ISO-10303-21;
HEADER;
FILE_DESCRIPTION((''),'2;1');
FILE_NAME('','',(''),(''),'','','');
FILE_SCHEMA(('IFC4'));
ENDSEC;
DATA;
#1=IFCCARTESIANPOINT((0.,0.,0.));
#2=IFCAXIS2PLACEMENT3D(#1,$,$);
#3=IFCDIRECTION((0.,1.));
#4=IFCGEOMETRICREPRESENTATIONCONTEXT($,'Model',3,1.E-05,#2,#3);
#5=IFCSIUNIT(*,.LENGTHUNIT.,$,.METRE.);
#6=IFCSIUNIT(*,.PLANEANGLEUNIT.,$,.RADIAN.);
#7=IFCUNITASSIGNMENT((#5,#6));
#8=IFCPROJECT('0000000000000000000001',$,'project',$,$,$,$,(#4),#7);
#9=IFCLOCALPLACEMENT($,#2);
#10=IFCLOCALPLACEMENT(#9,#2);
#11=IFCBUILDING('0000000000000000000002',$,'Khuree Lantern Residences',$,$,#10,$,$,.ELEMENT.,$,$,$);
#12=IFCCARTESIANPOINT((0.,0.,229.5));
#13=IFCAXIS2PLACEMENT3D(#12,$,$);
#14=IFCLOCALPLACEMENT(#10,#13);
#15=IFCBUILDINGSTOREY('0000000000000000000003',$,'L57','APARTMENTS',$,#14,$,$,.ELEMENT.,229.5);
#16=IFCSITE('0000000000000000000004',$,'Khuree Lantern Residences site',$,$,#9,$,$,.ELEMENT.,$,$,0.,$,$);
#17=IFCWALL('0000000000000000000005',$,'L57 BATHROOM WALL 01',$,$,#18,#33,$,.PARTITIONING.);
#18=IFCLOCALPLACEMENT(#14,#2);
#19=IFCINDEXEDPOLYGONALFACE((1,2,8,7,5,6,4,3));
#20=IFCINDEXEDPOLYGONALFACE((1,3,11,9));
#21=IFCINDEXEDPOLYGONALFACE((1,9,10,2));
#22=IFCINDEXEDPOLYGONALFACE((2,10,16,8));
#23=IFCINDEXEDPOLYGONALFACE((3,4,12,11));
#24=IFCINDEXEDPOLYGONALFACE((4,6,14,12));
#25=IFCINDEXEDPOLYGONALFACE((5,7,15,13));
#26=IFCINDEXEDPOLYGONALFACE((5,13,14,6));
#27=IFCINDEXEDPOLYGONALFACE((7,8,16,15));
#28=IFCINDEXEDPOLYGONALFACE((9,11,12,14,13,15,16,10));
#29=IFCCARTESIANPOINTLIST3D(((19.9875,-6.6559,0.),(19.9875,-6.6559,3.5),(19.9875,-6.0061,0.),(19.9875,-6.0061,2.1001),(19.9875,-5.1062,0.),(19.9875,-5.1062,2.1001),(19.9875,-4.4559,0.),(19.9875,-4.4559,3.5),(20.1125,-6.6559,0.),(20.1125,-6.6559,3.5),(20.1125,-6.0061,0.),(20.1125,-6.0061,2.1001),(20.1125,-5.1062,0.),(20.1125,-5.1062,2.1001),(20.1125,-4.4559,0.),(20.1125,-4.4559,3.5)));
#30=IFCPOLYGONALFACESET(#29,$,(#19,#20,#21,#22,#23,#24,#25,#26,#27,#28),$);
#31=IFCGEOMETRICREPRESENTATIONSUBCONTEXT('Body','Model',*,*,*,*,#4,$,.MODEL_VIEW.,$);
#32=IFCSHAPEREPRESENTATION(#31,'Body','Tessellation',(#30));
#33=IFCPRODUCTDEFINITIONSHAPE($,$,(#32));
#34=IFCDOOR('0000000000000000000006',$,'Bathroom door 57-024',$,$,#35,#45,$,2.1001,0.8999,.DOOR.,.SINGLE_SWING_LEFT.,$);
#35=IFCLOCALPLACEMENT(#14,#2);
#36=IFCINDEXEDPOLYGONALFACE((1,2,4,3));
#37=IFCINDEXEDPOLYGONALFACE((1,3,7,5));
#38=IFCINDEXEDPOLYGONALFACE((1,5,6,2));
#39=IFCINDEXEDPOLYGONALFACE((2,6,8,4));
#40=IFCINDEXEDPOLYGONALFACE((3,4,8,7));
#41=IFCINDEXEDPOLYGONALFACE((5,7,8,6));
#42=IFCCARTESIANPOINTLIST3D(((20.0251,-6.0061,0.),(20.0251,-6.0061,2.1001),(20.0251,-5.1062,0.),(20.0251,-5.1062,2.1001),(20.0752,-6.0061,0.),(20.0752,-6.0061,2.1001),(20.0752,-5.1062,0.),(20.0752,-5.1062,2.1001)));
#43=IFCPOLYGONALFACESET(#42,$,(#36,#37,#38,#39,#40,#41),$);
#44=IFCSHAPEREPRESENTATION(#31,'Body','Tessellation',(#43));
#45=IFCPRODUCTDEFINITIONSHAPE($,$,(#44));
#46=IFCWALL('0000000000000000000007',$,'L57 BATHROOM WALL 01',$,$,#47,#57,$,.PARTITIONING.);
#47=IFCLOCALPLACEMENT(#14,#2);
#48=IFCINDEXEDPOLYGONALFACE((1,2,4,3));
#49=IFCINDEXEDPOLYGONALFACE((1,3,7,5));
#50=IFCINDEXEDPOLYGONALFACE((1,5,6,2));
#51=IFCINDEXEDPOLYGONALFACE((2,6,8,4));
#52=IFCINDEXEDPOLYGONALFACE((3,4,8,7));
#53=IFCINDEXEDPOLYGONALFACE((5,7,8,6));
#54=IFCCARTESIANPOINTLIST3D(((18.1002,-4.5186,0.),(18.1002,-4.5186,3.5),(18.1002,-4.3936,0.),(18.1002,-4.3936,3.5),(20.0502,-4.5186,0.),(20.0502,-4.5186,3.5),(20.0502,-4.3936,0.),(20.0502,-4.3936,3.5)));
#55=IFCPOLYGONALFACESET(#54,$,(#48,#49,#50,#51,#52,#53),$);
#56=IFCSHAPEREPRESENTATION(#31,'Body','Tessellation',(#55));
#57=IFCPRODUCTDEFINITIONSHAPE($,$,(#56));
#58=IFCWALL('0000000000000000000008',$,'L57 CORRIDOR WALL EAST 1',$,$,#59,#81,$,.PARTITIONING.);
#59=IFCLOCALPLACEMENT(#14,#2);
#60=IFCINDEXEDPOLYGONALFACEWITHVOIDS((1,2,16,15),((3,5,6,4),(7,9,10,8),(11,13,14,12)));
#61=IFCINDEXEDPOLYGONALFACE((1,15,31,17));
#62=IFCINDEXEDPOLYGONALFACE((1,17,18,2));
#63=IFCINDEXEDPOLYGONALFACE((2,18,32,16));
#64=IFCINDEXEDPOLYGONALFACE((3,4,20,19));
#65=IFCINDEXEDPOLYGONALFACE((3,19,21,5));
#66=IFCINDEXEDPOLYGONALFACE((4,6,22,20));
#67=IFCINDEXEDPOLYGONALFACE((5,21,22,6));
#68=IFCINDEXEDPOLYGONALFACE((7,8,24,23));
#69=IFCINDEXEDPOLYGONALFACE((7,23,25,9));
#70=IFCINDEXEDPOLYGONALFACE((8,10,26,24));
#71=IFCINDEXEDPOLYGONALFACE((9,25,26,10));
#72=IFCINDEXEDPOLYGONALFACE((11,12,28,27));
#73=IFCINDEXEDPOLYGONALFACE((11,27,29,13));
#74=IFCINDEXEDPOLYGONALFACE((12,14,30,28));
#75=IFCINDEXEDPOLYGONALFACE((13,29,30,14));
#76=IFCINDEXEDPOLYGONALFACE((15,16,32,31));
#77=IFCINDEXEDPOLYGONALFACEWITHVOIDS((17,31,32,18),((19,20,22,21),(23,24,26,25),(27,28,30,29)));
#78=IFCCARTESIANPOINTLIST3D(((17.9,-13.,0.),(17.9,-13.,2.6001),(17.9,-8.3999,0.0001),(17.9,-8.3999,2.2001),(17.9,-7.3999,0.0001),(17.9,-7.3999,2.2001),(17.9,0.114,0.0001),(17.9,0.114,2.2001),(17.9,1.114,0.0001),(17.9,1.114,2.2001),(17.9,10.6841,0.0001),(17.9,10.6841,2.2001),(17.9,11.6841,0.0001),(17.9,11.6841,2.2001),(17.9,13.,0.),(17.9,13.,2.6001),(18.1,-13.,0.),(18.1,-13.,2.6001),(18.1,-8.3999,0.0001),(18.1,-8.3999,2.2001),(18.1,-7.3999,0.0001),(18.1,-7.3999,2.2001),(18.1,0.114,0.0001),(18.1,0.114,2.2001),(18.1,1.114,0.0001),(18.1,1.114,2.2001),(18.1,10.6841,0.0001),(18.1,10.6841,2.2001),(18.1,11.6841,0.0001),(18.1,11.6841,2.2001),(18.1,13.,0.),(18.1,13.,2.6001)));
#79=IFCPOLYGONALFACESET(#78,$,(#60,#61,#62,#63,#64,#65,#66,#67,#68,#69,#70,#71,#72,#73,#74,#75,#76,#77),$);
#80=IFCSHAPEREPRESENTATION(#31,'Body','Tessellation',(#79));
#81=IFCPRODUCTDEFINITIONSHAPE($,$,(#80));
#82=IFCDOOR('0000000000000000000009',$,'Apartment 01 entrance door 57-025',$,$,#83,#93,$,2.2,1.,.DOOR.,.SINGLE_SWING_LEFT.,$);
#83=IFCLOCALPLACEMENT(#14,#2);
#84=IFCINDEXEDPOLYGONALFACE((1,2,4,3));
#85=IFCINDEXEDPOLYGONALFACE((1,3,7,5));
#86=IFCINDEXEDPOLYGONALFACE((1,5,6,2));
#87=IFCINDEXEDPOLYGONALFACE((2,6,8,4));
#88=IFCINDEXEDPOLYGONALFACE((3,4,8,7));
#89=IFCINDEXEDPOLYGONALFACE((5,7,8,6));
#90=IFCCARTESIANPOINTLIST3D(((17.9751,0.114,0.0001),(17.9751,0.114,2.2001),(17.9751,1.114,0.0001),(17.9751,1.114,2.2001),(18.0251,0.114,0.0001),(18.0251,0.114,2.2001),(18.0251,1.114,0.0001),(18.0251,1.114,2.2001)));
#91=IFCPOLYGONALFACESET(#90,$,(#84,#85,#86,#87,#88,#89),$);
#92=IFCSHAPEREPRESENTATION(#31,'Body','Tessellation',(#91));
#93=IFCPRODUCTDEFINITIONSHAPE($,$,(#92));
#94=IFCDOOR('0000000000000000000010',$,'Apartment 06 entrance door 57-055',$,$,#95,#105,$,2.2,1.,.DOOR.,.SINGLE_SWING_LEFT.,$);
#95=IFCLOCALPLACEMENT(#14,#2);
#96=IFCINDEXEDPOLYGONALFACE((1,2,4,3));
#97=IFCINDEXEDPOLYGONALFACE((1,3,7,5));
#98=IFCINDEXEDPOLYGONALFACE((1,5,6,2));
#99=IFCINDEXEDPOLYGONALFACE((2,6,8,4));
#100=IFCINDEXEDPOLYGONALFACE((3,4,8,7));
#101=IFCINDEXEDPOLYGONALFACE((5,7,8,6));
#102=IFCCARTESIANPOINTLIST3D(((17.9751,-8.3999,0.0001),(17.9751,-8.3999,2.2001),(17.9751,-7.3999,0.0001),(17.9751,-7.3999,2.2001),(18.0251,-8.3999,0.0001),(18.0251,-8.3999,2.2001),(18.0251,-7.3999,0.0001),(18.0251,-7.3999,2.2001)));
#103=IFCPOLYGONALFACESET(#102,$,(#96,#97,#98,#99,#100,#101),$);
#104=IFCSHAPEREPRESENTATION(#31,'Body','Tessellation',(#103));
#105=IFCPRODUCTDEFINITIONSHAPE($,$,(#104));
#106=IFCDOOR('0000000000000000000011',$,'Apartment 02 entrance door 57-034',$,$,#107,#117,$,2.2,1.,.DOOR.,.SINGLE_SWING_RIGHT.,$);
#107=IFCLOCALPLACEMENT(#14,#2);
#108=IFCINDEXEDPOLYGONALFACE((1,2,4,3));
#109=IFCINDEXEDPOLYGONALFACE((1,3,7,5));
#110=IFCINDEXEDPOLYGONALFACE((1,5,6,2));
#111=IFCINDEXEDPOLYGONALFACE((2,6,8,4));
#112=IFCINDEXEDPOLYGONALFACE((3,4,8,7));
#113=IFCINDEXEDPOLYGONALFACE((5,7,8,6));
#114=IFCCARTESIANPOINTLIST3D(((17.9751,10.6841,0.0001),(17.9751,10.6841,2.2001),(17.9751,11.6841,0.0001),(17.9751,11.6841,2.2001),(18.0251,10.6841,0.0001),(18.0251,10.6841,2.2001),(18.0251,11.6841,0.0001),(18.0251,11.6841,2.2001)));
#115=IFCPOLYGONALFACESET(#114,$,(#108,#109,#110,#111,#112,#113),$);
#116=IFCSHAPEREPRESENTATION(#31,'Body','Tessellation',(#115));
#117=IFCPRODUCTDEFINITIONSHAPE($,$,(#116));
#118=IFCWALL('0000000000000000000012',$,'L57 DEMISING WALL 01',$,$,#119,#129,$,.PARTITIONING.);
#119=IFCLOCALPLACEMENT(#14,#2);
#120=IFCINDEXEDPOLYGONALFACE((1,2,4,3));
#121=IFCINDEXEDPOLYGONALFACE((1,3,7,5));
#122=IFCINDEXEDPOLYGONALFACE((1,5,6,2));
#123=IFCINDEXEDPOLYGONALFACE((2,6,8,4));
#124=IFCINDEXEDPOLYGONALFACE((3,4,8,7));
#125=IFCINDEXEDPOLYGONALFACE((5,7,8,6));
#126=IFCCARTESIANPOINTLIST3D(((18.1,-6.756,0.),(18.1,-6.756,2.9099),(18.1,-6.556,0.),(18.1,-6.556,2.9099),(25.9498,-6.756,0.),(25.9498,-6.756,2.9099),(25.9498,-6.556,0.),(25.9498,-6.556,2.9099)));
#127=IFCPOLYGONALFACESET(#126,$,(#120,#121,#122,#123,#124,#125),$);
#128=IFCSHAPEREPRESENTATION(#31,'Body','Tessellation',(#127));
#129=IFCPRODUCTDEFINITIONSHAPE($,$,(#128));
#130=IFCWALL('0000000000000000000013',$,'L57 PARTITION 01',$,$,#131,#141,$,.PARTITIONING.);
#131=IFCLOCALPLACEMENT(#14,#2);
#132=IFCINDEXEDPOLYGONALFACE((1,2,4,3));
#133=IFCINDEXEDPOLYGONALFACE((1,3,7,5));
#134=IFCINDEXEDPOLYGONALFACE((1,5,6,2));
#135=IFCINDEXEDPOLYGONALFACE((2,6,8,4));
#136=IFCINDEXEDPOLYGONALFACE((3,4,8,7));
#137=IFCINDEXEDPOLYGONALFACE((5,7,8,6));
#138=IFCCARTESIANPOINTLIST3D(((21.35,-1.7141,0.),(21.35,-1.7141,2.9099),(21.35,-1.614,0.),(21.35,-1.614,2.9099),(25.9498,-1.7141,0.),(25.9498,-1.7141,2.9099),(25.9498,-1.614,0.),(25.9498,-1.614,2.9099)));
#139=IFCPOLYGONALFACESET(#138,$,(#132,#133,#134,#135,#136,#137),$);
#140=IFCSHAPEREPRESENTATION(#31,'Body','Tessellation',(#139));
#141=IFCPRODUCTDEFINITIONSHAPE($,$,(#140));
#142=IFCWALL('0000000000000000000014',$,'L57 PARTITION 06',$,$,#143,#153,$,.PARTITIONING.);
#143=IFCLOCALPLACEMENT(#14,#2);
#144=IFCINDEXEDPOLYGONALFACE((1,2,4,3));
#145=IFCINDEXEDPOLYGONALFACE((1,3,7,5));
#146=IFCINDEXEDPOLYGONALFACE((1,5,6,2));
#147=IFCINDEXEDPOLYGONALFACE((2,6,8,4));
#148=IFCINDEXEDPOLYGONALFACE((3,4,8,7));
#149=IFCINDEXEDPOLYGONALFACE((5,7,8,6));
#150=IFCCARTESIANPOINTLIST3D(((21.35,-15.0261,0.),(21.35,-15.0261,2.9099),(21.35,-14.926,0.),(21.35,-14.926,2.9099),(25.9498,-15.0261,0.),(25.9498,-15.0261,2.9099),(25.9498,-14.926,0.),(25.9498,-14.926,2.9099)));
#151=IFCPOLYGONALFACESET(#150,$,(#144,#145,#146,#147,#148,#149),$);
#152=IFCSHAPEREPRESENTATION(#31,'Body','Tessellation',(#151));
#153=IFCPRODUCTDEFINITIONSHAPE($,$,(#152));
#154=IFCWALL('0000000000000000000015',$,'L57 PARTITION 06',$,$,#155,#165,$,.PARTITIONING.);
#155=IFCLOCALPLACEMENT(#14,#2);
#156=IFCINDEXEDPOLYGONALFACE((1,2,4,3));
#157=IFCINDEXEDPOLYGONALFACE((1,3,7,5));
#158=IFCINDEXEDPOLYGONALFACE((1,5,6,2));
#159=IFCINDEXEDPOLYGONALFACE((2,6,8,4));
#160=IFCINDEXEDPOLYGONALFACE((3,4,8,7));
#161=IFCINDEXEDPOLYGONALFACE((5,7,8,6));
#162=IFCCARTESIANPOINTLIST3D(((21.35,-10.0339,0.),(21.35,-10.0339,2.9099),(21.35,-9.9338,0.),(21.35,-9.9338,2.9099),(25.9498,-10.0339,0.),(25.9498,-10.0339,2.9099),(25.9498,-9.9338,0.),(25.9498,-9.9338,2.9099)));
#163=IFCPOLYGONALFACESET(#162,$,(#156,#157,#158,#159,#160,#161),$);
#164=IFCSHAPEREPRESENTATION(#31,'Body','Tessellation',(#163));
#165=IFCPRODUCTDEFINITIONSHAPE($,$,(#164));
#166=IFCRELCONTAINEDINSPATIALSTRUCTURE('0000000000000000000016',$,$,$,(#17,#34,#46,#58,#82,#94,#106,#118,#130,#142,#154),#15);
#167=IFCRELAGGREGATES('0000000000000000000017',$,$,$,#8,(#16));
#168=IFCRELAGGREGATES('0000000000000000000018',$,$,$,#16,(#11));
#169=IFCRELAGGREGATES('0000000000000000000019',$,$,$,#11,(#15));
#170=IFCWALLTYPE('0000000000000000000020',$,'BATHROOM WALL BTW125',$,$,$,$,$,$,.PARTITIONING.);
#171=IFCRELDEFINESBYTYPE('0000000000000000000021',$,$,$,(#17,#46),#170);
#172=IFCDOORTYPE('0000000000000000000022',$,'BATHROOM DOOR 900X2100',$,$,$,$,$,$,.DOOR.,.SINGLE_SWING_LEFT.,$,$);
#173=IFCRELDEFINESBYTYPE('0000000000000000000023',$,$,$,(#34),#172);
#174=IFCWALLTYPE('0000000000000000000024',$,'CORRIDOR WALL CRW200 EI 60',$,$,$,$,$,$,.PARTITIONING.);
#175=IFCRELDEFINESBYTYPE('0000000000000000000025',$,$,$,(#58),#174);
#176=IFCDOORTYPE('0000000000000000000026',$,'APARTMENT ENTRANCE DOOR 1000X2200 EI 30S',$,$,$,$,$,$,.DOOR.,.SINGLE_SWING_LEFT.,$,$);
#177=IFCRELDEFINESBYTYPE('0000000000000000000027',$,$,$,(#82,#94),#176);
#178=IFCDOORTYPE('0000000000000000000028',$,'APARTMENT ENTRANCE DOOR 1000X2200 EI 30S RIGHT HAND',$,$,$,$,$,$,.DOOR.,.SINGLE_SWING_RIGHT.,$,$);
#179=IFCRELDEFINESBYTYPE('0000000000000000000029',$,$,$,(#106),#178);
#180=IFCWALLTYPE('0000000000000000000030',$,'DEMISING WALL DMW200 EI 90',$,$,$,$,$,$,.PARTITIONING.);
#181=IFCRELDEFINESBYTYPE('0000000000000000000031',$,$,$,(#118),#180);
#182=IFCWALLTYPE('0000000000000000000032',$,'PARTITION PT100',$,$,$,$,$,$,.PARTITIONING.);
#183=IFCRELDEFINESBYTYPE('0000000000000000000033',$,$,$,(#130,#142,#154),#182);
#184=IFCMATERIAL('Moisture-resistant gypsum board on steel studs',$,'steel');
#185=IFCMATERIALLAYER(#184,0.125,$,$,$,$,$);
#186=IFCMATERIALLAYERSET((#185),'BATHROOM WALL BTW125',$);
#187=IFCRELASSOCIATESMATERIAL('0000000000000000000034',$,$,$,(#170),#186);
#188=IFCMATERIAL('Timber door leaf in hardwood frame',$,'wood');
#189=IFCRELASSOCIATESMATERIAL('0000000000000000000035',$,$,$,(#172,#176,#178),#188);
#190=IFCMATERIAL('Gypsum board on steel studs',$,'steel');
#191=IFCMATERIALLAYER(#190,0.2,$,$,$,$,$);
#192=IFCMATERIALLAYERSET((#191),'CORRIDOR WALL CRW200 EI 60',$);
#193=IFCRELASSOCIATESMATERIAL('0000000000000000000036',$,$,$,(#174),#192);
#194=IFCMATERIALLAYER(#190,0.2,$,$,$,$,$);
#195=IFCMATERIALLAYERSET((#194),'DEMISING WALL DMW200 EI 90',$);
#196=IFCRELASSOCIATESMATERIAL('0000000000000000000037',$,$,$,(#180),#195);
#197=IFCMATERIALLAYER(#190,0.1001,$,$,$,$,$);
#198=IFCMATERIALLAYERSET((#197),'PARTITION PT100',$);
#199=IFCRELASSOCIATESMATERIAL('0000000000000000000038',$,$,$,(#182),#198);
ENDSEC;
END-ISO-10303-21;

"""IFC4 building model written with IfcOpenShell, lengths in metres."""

from ifc_helpers import new_model, si_unit, direction, frame, frame_2d, origin, place, context, subcontext, project, spatial, rectangle, extrude, material, layer, layer_set, type_object, element, fill, save


model = new_model("IFC4")

# Units and contexts
model_context = context("Model", 3, precision=1e-05, world=origin(), true_north=direction((0.0, 1.0)))
body_context = subcontext(model_context, "Body", "Model", "MODEL_VIEW")
ifc_project = project(units=[si_unit("LENGTHUNIT", "METRE"), si_unit("PLANEANGLEUNIT", "RADIAN")], contexts=[model_context])

# Site, building, storey
site_placement = place(None, origin())
site = spatial("IfcSite", under=ifc_project, at=site_placement, Name="Khuree Lantern Residences site", CompositionType="ELEMENT", RefElevation=0.0)
building_placement = place(site_placement, origin())
building = spatial("IfcBuilding", under=site, at=building_placement, Name="Khuree Lantern Residences", CompositionType="ELEMENT")
storey_placement = place(building_placement, frame((0.0, 0.0, 229.5)))
storey = spatial("IfcBuildingStorey", under=building, at=storey_placement, Name="L57", Description="APARTMENTS", CompositionType="ELEMENT", Elevation=229.5)

# Wall, opening, door
ifc_material_1 = material(Name="Moisture-resistant gypsum board on steel studs", Category="steel")
ifc_layer_1 = layer(ifc_material_1, 0.125)
ifc_layer_set_1 = layer_set([ifc_layer_1], Name="BATHROOM WALL BTW125")
wall_type_1 = type_object("IfcWallType", Name="BATHROOM WALL BTW125", PredefinedType="PARTITIONING", material=ifc_layer_set_1)
wall_1_placement = place(storey_placement, frame((20.05, -6.656, 0.0), z_axis=(0.0, 0.0, 1.0), x_axis=(0.0, 1.0, 0.0)))
wall_1 = element("IfcWall", 1, at=wall_1_placement, inside=storey, type_object=wall_type_1, Name="L57 BATHROOM WALL 01", PredefinedType="PARTITIONING", context=body_context, shape_type="SweptSolid", body=[
    extrude(rectangle(XDim=2.2, YDim=0.125, at=frame_2d((1.1001, 0.0))), origin(), (0.0, 0.0, 1.0), 3.5),
])
opening_1_placement = place(wall_1_placement, frame((0.6499, 0.0, 0.0)))
opening_1 = element("IfcOpeningElement", 2, at=opening_1_placement, cuts=wall_1, PredefinedType="OPENING", context=body_context, shape_type="SweptSolid", body=[
    extrude(rectangle(XDim=0.8999, YDim=2.1001, at=frame_2d((0.45, 1.05))), frame((0.0, 0.0725, 0.0), z_axis=(0.0, -1.0, 0.0), x_axis=(1.0, 0.0, 0.0)), (0.0, 0.0, 1.0), 0.145),
])
ifc_material_2 = material(Name="Timber door leaf in hardwood frame", Category="wood")
door_type_1 = type_object("IfcDoorType", Name="BATHROOM DOOR 900X2100", OperationType="SINGLE_SWING_LEFT", PredefinedType="DOOR", material=ifc_material_2)
door_1_placement = place(opening_1_placement, origin())
door_1 = element("IfcDoor", 3, at=door_1_placement, inside=storey, type_object=door_type_1, Name="Bathroom door 57-024", OperationType="SINGLE_SWING_LEFT", OverallHeight=2.1001, OverallWidth=0.8999, PredefinedType="DOOR", context=body_context, shape_type="SweptSolid", body=[
    extrude(rectangle(XDim=0.8999, YDim=2.1001, at=frame_2d((0.45, 1.05))), frame((0.0, 0.0249, 0.0), z_axis=(0.0, -1.0, 0.0), x_axis=(1.0, 0.0, 0.0)), (0.0, 0.0, 1.0), 0.05),
])
fill(opening_1, door_1)

# Wall
wall_2_placement = place(storey_placement, frame((18.1001, -4.4561, 0.0), z_axis=(0.0, 0.0, 1.0), x_axis=(1.0, 0.0, 0.0)))
element("IfcWall", 4, at=wall_2_placement, inside=storey, type_object=wall_type_1, Name="L57 BATHROOM WALL 01", PredefinedType="PARTITIONING", context=body_context, shape_type="SweptSolid", body=[
    extrude(rectangle(XDim=1.95, YDim=0.125, at=frame_2d((0.9751, 0.0))), origin(), (0.0, 0.0, 1.0), 3.5),
])

# Wall, openings, doors
ifc_material_3 = material(Name="Gypsum board on steel studs", Category="steel")
ifc_layer_2 = layer(ifc_material_3, 0.2)
ifc_layer_set_2 = layer_set([ifc_layer_2], Name="CORRIDOR WALL CRW200 EI 60")
wall_type_2 = type_object("IfcWallType", Name="CORRIDOR WALL CRW200 EI 60", PredefinedType="PARTITIONING", material=ifc_layer_set_2)
wall_3_placement = place(storey_placement, frame((18.0, -13.0, 0.0), z_axis=(0.0, 0.0, 1.0), x_axis=(0.0, 1.0, 0.0)))
wall_3 = element("IfcWall", 5, at=wall_3_placement, inside=storey, type_object=wall_type_2, Name="L57 CORRIDOR WALL EAST 1", PredefinedType="PARTITIONING", context=body_context, shape_type="SweptSolid", body=[
    extrude(rectangle(XDim=26.0, YDim=0.2, at=frame_2d((13.0, 0.0))), origin(), (0.0, 0.0, 1.0), 2.6001),
])
opening_2_placement = place(wall_3_placement, frame((13.114, 0.0, 0.0)))
opening_2 = element("IfcOpeningElement", 6, at=opening_2_placement, cuts=wall_3, PredefinedType="OPENING", context=body_context, shape_type="SweptSolid", body=[
    extrude(rectangle(XDim=1.0, YDim=2.2, at=frame_2d((0.5, 1.1001))), frame((0.0, 0.1099, 0.0), z_axis=(0.0, -1.0, 0.0), x_axis=(1.0, 0.0, 0.0)), (0.0, 0.0, 1.0), 0.22),
])
opening_3_placement = place(wall_3_placement, frame((23.6841, 0.0, 0.0)))
opening_3 = element("IfcOpeningElement", 7, at=opening_3_placement, cuts=wall_3, PredefinedType="OPENING", context=body_context, shape_type="SweptSolid", body=[
    extrude(rectangle(XDim=1.0, YDim=2.2, at=frame_2d((0.5, 1.1001))), frame((0.0, 0.1099, 0.0), z_axis=(0.0, -1.0, 0.0), x_axis=(1.0, 0.0, 0.0)), (0.0, 0.0, 1.0), 0.22),
])
opening_4_placement = place(wall_3_placement, frame((4.6001, 0.0, 0.0)))
opening_4 = element("IfcOpeningElement", 8, at=opening_4_placement, cuts=wall_3, PredefinedType="OPENING", context=body_context, shape_type="SweptSolid", body=[
    extrude(rectangle(XDim=1.0, YDim=2.2, at=frame_2d((0.5, 1.1001))), frame((0.0, 0.1099, 0.0), z_axis=(0.0, -1.0, 0.0), x_axis=(1.0, 0.0, 0.0)), (0.0, 0.0, 1.0), 0.22),
])
door_type_2 = type_object("IfcDoorType", Name="APARTMENT ENTRANCE DOOR 1000X2200 EI 30S", OperationType="SINGLE_SWING_LEFT", PredefinedType="DOOR", material=ifc_material_2)
door_2_placement = place(opening_2_placement, origin())
door_2 = element("IfcDoor", 9, at=door_2_placement, inside=storey, type_object=door_type_2, Name="Apartment 01 entrance door 57-025", OperationType="SINGLE_SWING_LEFT", OverallHeight=2.2, OverallWidth=1.0, PredefinedType="DOOR", context=body_context, shape_type="SweptSolid", body=[
    extrude(rectangle(XDim=1.0, YDim=2.2, at=frame_2d((0.5, 1.1001))), frame((0.0, 0.0249, 0.0), z_axis=(0.0, -1.0, 0.0), x_axis=(1.0, 0.0, 0.0)), (0.0, 0.0, 1.0), 0.05),
])
fill(opening_2, door_2)
door_3_placement = place(opening_4_placement, origin())
door_3 = element("IfcDoor", 10, at=door_3_placement, inside=storey, type_object=door_type_2, Name="Apartment 06 entrance door 57-055", OperationType="SINGLE_SWING_LEFT", OverallHeight=2.2, OverallWidth=1.0, PredefinedType="DOOR", context=body_context, shape_type="SweptSolid", body=[
    extrude(rectangle(XDim=1.0, YDim=2.2, at=frame_2d((0.5, 1.1001))), frame((0.0, 0.0249, 0.0), z_axis=(0.0, -1.0, 0.0), x_axis=(1.0, 0.0, 0.0)), (0.0, 0.0, 1.0), 0.05),
])
fill(opening_4, door_3)
door_type_3 = type_object("IfcDoorType", Name="APARTMENT ENTRANCE DOOR 1000X2200 EI 30S RIGHT HAND", OperationType="SINGLE_SWING_RIGHT", PredefinedType="DOOR", material=ifc_material_2)
door_4_placement = place(opening_3_placement, origin())
door_4 = element("IfcDoor", 11, at=door_4_placement, inside=storey, type_object=door_type_3, Name="Apartment 02 entrance door 57-034", OperationType="SINGLE_SWING_RIGHT", OverallHeight=2.2, OverallWidth=1.0, PredefinedType="DOOR", context=body_context, shape_type="SweptSolid", body=[
    extrude(rectangle(XDim=1.0, YDim=2.2, at=frame_2d((0.5, 1.1001))), frame((0.0, 0.0249, 0.0), z_axis=(0.0, -1.0, 0.0), x_axis=(1.0, 0.0, 0.0)), (0.0, 0.0, 1.0), 0.05),
])
fill(opening_3, door_4)

# Walls
ifc_layer_3 = layer(ifc_material_3, 0.2)
ifc_layer_set_3 = layer_set([ifc_layer_3], Name="DEMISING WALL DMW200 EI 90")
wall_type_3 = type_object("IfcWallType", Name="DEMISING WALL DMW200 EI 90", PredefinedType="PARTITIONING", material=ifc_layer_set_3)
wall_4_placement = place(storey_placement, frame((18.1001, -6.656, 0.0), z_axis=(0.0, 0.0, 1.0), x_axis=(1.0, 0.0, 0.0)))
element("IfcWall", 12, at=wall_4_placement, inside=storey, type_object=wall_type_3, Name="L57 DEMISING WALL 01", PredefinedType="PARTITIONING", context=body_context, shape_type="SweptSolid", body=[
    extrude(rectangle(XDim=7.8499, YDim=0.2, at=frame_2d((3.9248, 0.0))), origin(), (0.0, 0.0, 1.0), 2.9099),
])
ifc_layer_4 = layer(ifc_material_3, 0.1001)
ifc_layer_set_4 = layer_set([ifc_layer_4], Name="PARTITION PT100")
wall_type_4 = type_object("IfcWallType", Name="PARTITION PT100", PredefinedType="PARTITIONING", material=ifc_layer_set_4)
for number, where, z_axis, x_axis, name in (
    (13, (21.3501, -1.6641, 0.0), (0.0, 0.0, 1.0), (1.0, 0.0, 0.0), "L57 PARTITION 01"),
    (14, (21.3501, -14.9761, 0.0), (0.0, 0.0, 1.0), (1.0, 0.0, 0.0), "L57 PARTITION 06"),
    (15, (21.3501, -9.9839, 0.0), (0.0, 0.0, 1.0), (1.0, 0.0, 0.0), "L57 PARTITION 06"),
):
    element("IfcWall", number, at=place(storey_placement, frame(where, z_axis=z_axis, x_axis=x_axis)), inside=storey, type_object=wall_type_4, Name=name, PredefinedType="PARTITIONING", context=body_context, shape_type="SweptSolid", body=[
        extrude(rectangle(XDim=4.5999, YDim=0.1001, at=frame_2d((2.2998, 0.0))), origin(), (0.0, 0.0, 1.0), 2.9099),
    ])

save(model, "model.ifc")
